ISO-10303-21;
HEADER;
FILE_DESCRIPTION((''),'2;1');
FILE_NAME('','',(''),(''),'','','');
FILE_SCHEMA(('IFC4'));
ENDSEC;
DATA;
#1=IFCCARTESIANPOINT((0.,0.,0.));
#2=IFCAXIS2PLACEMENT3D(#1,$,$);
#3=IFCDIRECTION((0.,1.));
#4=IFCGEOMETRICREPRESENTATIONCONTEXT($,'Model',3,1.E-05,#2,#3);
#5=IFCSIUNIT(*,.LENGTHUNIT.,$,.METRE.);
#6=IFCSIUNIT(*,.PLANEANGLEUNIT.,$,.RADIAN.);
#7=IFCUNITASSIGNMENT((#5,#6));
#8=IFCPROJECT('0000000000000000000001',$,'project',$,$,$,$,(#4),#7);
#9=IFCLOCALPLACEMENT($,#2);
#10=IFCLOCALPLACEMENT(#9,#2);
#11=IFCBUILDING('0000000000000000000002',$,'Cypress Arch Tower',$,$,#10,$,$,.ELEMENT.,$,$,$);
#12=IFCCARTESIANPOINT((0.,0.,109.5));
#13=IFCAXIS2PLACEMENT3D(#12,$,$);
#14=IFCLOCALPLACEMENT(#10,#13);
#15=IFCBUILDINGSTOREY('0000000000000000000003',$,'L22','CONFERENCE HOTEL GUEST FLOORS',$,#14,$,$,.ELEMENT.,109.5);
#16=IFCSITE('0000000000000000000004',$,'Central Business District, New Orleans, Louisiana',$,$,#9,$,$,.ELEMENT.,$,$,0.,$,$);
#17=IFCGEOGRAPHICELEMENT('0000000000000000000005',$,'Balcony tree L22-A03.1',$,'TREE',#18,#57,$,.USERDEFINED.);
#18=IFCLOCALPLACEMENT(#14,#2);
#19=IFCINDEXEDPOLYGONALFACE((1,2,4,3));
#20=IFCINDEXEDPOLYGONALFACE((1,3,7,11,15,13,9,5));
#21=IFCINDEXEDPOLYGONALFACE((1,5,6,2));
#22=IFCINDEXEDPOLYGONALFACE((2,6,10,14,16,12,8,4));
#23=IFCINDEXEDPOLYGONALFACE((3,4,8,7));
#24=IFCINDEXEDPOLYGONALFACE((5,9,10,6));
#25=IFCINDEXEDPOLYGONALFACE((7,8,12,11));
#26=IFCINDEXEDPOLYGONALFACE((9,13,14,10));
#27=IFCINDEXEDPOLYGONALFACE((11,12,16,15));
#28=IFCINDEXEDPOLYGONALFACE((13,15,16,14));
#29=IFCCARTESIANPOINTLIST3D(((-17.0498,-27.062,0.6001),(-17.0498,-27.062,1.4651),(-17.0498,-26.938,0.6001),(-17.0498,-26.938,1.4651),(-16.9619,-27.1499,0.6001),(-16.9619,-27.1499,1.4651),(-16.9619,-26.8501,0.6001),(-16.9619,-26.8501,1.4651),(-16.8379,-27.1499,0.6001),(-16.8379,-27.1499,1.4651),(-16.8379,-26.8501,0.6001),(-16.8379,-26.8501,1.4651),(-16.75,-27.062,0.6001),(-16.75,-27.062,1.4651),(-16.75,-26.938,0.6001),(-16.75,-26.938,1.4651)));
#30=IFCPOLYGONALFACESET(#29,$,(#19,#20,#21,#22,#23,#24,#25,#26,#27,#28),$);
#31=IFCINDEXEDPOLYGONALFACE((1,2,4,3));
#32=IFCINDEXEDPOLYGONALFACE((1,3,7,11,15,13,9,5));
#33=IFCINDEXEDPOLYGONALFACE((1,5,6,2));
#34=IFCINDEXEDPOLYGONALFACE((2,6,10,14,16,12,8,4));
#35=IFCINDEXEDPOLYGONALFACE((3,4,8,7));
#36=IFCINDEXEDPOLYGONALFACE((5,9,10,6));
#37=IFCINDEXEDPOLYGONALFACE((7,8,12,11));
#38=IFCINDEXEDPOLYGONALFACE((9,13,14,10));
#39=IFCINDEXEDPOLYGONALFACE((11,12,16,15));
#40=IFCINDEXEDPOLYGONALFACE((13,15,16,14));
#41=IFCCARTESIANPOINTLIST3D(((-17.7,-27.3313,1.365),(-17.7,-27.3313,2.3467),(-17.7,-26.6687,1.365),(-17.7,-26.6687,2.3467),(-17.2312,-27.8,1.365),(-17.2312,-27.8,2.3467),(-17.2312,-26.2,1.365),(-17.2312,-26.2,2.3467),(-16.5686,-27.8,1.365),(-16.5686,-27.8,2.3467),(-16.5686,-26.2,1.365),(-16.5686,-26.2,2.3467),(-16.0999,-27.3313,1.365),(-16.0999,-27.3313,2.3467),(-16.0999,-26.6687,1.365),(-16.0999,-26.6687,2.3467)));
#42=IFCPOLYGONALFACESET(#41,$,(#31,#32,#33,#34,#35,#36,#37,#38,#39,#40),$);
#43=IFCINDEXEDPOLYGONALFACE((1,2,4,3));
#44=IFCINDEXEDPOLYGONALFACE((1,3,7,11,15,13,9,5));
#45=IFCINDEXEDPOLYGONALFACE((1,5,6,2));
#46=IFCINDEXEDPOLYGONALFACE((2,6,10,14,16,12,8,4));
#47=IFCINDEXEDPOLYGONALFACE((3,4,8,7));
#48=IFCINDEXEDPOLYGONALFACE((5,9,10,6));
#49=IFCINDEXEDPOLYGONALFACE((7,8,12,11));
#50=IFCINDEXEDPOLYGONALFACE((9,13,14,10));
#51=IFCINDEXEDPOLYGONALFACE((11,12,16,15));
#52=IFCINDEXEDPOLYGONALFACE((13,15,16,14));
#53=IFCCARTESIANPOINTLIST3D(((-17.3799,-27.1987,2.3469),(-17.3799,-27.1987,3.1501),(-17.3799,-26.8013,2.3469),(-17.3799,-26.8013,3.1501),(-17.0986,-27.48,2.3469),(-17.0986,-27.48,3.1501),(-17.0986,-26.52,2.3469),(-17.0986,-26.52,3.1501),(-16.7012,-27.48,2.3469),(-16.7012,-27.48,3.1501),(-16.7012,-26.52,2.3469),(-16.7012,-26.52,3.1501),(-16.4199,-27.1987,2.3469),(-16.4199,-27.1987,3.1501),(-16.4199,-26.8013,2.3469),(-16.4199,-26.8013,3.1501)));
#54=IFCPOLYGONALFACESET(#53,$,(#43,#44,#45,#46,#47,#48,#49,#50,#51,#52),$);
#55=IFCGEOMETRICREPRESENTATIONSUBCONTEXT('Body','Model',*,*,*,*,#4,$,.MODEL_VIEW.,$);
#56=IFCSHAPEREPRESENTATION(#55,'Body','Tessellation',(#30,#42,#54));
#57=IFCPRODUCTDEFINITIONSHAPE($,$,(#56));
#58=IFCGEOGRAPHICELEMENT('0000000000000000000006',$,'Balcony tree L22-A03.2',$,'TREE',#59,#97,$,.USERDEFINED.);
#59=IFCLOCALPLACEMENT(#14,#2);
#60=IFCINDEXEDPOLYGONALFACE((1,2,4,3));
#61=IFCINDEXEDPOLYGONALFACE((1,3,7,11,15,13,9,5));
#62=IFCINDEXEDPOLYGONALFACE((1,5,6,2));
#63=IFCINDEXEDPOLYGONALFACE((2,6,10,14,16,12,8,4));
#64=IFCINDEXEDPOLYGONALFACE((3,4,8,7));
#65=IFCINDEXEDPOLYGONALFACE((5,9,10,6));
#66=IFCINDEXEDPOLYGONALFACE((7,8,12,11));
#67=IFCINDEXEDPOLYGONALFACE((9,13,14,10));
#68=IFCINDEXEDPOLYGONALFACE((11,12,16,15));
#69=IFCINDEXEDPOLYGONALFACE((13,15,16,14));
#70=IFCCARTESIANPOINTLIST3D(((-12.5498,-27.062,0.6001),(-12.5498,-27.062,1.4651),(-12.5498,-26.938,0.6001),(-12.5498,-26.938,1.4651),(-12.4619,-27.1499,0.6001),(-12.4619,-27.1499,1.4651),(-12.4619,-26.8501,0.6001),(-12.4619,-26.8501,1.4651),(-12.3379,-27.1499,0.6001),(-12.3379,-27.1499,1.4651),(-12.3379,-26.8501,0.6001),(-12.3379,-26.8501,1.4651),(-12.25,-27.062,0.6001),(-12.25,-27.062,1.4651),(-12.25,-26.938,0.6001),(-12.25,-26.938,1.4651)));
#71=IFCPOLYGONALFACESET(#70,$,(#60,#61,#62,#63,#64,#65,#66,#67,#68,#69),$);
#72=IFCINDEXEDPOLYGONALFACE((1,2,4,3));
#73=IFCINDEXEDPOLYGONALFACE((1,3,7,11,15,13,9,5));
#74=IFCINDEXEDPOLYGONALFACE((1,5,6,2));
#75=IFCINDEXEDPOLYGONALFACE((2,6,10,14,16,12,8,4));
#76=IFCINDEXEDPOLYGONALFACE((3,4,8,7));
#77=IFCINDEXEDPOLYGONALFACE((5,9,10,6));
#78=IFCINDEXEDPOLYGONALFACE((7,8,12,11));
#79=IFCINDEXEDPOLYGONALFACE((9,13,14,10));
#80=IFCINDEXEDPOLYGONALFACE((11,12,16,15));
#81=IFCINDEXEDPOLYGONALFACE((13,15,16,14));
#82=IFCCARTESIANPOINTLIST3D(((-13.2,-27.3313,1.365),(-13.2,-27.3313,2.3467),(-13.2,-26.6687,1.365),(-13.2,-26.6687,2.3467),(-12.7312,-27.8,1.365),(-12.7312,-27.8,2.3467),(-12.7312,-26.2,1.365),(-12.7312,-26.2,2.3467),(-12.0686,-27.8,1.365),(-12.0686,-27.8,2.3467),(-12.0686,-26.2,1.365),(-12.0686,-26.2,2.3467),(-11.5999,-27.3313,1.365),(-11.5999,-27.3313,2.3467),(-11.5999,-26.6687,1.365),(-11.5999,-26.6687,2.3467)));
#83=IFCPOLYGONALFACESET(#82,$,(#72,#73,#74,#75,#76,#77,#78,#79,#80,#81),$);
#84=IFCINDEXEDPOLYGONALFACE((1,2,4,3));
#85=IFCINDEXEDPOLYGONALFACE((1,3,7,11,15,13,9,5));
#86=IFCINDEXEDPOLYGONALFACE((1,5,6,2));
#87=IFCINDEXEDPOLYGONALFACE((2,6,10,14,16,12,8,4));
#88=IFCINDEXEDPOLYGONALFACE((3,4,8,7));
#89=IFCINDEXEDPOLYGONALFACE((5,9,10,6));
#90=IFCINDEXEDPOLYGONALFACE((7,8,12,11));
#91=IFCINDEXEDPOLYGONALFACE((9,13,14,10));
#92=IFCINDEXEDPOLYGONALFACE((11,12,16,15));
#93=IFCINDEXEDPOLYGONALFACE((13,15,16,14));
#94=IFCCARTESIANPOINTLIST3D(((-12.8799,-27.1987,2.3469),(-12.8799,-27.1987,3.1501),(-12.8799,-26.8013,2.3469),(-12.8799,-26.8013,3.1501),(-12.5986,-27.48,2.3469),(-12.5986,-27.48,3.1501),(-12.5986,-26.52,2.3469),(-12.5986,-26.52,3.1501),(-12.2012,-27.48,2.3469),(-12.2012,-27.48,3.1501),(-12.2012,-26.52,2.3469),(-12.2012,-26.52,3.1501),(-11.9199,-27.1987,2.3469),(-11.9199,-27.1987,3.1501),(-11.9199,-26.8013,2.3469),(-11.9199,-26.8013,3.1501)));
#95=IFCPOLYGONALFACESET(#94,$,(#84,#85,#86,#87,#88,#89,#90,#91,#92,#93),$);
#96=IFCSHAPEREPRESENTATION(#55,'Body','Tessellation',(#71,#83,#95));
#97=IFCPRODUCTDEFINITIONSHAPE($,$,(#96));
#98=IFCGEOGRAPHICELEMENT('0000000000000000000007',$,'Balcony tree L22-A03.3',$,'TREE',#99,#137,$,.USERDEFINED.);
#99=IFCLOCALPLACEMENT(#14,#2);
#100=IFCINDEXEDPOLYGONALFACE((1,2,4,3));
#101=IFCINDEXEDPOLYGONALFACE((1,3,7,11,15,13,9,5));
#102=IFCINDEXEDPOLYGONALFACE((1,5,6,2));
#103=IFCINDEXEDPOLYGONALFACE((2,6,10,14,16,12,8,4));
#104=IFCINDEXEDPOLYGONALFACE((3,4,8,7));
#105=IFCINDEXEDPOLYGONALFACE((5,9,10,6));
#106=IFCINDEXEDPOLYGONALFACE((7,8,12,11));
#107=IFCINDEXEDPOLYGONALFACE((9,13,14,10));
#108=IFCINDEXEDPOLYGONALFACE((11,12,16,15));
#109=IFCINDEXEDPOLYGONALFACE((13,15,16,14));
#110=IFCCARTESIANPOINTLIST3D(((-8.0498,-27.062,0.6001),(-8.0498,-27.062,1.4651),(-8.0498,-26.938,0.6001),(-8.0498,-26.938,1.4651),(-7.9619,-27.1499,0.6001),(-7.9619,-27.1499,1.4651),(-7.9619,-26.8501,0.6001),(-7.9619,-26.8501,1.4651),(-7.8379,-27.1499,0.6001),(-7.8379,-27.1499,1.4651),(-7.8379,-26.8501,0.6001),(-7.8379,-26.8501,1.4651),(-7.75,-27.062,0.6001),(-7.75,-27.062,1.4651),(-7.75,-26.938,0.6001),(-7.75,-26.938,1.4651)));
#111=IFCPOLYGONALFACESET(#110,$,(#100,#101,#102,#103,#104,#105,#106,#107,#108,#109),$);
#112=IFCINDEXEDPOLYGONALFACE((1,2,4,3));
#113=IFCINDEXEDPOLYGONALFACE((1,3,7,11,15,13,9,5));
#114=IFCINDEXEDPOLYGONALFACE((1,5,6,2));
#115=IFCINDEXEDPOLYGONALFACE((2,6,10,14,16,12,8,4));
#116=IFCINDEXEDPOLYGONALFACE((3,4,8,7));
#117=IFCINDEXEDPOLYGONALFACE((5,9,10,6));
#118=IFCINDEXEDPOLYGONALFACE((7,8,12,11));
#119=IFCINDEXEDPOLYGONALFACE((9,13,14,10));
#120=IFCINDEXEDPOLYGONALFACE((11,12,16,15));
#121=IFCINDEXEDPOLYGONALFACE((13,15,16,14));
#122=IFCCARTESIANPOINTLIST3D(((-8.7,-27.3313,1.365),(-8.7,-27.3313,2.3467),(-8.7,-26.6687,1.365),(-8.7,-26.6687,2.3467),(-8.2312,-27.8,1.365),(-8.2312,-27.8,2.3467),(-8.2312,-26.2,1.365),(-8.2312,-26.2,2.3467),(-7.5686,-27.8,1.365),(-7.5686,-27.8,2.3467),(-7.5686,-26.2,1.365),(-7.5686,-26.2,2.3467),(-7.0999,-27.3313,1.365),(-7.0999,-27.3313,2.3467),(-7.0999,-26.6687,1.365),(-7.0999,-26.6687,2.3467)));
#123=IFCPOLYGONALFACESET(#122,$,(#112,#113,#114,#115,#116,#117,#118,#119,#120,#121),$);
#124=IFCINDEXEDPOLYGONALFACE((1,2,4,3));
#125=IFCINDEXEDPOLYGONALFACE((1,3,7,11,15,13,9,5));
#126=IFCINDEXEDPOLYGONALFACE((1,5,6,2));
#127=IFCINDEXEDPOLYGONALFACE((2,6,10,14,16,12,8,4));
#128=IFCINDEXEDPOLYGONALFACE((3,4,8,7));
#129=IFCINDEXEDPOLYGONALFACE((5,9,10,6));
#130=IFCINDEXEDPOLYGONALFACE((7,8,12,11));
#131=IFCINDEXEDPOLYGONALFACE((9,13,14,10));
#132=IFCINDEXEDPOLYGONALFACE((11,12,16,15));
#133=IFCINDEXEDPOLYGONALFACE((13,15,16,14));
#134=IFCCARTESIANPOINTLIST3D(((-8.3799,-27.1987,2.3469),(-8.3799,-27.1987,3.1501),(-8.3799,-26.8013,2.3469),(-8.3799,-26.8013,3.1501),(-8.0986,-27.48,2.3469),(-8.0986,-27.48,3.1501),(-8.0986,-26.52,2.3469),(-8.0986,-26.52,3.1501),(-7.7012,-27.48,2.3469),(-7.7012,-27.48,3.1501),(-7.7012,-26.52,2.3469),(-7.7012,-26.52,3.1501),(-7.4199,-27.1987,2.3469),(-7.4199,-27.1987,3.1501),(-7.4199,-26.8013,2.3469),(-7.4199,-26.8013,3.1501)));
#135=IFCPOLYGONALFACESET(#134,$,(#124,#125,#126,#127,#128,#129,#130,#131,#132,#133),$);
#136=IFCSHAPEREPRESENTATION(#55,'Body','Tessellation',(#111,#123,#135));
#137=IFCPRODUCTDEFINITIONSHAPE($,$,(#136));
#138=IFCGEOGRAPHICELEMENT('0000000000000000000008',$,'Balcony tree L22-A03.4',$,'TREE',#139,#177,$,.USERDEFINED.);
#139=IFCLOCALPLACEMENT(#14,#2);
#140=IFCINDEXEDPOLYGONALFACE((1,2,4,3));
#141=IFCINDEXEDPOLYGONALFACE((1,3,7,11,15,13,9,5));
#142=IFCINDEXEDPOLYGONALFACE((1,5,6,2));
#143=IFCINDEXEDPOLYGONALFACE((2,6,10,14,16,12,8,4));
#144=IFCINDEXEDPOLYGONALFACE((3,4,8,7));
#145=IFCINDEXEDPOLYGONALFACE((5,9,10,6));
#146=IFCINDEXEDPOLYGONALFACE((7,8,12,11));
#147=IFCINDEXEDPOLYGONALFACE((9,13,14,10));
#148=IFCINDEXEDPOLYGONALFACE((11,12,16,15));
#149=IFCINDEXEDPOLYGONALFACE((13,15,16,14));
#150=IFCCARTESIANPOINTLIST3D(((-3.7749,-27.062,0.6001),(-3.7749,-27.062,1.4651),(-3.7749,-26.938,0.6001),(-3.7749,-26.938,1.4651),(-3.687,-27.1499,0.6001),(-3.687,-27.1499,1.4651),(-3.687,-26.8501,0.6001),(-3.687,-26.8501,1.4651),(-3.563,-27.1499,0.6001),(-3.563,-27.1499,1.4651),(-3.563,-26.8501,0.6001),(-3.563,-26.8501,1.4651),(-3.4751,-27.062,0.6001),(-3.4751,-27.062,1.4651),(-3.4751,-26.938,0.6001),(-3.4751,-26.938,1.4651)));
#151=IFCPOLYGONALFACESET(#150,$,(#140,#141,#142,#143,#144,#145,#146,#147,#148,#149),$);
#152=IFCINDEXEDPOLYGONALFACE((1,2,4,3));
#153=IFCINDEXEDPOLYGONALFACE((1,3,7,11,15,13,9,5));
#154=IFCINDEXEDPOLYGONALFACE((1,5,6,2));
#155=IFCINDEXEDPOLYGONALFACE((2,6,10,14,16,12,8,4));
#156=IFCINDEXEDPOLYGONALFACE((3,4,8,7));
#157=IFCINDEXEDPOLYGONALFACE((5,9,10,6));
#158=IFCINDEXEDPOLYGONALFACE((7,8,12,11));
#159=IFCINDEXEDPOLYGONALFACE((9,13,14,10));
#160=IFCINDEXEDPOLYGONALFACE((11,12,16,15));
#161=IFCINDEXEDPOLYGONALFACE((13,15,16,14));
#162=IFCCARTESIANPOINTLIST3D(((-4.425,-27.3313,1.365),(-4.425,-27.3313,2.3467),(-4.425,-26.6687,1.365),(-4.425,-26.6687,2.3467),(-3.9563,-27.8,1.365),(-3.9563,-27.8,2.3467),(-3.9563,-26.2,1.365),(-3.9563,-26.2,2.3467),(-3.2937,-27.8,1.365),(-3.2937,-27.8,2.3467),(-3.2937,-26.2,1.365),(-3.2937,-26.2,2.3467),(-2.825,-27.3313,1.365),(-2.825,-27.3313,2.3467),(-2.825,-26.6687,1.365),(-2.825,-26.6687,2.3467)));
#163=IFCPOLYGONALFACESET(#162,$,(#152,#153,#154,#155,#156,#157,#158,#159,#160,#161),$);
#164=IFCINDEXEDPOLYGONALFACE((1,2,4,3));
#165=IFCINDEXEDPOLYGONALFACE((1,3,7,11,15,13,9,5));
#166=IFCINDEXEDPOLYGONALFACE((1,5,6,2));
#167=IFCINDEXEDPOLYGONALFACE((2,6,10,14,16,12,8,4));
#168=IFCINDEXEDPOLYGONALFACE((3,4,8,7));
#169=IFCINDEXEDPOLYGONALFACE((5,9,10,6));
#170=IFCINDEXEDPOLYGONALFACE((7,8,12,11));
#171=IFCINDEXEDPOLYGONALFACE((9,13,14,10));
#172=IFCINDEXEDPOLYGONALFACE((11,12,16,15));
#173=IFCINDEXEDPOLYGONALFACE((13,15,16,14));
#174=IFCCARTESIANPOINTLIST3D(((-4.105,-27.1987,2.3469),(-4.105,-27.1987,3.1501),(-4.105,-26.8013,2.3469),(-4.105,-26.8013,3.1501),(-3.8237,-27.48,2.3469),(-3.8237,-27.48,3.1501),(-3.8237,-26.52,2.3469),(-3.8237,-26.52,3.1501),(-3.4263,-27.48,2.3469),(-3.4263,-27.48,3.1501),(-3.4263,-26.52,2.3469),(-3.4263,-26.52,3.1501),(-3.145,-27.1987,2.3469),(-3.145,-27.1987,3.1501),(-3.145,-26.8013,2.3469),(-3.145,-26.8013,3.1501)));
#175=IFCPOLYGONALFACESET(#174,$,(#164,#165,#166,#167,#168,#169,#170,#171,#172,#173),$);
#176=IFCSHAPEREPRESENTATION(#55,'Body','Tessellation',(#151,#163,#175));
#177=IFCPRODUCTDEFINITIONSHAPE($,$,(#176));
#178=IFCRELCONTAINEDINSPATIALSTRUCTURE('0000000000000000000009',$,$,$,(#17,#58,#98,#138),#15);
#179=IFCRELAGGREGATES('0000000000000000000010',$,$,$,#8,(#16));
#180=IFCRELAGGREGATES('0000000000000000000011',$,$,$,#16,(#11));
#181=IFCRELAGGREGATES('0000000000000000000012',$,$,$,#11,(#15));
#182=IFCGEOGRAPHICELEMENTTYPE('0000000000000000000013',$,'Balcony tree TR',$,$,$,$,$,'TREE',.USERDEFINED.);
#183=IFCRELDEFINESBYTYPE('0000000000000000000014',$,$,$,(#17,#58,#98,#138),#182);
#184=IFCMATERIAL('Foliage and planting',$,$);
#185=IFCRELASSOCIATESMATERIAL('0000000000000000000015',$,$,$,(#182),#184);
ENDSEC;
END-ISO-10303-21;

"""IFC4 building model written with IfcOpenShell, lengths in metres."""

from ifc_helpers import new_model, si_unit, direction, frame, origin, place, context, subcontext, project, spatial, polyline, outline, extrude, material, type_object, element, save


model = new_model("IFC4")

# Units and contexts
model_context = context("Model", 3, precision=1e-05, world=origin(), true_north=direction((0.0, 1.0)))
body_context = subcontext(model_context, "Body", "Model", "MODEL_VIEW")
ifc_project = project(units=[si_unit("LENGTHUNIT", "METRE"), si_unit("PLANEANGLEUNIT", "RADIAN")], contexts=[model_context])

# Site, building, storey
site_placement = place(None, origin())
site = spatial("IfcSite", under=ifc_project, at=site_placement, Name="Central Business District, New Orleans, Louisiana", CompositionType="ELEMENT", RefElevation=0.0)
building_placement = place(site_placement, origin())
building = spatial("IfcBuilding", under=site, at=building_placement, Name="Cypress Arch Tower", CompositionType="ELEMENT")
storey_placement = place(building_placement, frame((0.0, 0.0, 109.5)))
storey = spatial("IfcBuildingStorey", under=building, at=storey_placement, Name="L22", Description="CONFERENCE HOTEL GUEST FLOORS", CompositionType="ELEMENT", Elevation=109.5)

# Geographic elements
ifc_material_1 = material(Name="Foliage and planting")
geographic_element_type = type_object("IfcGeographicElementType", Name="Balcony tree TR", ElementType="TREE", PredefinedType="USERDEFINED", material=ifc_material_1)
for number, where, z_axis, x_axis, name in (
    (1, (-16.8999, -27.0, 0.6001), (0.0, 0.0, 1.0), (1.0, 0.0, 0.0), "Balcony tree L22-A03.1"),
    (2, (-12.3999, -27.0, 0.6001), (0.0, 0.0, 1.0), (1.0, 0.0, 0.0), "Balcony tree L22-A03.2"),
    (3, (-7.8999, -27.0, 0.6001), (0.0, 0.0, 1.0), (1.0, 0.0, 0.0), "Balcony tree L22-A03.3"),
    (4, (-3.625, -27.0, 0.6001), (0.0, 0.0, 1.0), (1.0, 0.0, 0.0), "Balcony tree L22-A03.4"),
):
    element("IfcGeographicElement", number, at=place(storey_placement, frame(where, z_axis=z_axis, x_axis=x_axis)), inside=storey, type_object=geographic_element_type, Name=name, ObjectType="TREE", PredefinedType="USERDEFINED", context=body_context, shape_type="SweptSolid", body=[
        extrude(outline(polyline([(0.1499, 0.062), (0.062, 0.1499), (-0.062, 0.1499), (-0.1499, 0.062), (-0.1499, -0.062), (-0.062, -0.1499), (0.062, -0.1499), (0.1499, -0.062), (0.1499, 0.062)])), origin(), (0.0, 0.0, 1.0), 0.865),
        extrude(outline(polyline([(0.8, 0.3313), (0.3313, 0.8), (-0.3313, 0.8), (-0.8, 0.3313), (-0.8, -0.3313), (-0.3313, -0.8), (0.3313, -0.8), (0.8, -0.3313), (0.8, 0.3313)])), frame((0.0, 0.0, 0.7649)), (0.0, 0.0, 1.0), 0.9817),
        extrude(outline(polyline([(0.48, 0.1987), (0.1987, 0.48), (-0.1987, 0.48), (-0.48, 0.1987), (-0.48, -0.1987), (-0.1987, -0.48), (0.1987, -0.48), (0.48, -0.1987), (0.48, 0.1987)])), frame((0.0, 0.0, 1.7468)), (0.0, 0.0, 1.0), 0.8032),
    ])

save(model, "model.ifc")
